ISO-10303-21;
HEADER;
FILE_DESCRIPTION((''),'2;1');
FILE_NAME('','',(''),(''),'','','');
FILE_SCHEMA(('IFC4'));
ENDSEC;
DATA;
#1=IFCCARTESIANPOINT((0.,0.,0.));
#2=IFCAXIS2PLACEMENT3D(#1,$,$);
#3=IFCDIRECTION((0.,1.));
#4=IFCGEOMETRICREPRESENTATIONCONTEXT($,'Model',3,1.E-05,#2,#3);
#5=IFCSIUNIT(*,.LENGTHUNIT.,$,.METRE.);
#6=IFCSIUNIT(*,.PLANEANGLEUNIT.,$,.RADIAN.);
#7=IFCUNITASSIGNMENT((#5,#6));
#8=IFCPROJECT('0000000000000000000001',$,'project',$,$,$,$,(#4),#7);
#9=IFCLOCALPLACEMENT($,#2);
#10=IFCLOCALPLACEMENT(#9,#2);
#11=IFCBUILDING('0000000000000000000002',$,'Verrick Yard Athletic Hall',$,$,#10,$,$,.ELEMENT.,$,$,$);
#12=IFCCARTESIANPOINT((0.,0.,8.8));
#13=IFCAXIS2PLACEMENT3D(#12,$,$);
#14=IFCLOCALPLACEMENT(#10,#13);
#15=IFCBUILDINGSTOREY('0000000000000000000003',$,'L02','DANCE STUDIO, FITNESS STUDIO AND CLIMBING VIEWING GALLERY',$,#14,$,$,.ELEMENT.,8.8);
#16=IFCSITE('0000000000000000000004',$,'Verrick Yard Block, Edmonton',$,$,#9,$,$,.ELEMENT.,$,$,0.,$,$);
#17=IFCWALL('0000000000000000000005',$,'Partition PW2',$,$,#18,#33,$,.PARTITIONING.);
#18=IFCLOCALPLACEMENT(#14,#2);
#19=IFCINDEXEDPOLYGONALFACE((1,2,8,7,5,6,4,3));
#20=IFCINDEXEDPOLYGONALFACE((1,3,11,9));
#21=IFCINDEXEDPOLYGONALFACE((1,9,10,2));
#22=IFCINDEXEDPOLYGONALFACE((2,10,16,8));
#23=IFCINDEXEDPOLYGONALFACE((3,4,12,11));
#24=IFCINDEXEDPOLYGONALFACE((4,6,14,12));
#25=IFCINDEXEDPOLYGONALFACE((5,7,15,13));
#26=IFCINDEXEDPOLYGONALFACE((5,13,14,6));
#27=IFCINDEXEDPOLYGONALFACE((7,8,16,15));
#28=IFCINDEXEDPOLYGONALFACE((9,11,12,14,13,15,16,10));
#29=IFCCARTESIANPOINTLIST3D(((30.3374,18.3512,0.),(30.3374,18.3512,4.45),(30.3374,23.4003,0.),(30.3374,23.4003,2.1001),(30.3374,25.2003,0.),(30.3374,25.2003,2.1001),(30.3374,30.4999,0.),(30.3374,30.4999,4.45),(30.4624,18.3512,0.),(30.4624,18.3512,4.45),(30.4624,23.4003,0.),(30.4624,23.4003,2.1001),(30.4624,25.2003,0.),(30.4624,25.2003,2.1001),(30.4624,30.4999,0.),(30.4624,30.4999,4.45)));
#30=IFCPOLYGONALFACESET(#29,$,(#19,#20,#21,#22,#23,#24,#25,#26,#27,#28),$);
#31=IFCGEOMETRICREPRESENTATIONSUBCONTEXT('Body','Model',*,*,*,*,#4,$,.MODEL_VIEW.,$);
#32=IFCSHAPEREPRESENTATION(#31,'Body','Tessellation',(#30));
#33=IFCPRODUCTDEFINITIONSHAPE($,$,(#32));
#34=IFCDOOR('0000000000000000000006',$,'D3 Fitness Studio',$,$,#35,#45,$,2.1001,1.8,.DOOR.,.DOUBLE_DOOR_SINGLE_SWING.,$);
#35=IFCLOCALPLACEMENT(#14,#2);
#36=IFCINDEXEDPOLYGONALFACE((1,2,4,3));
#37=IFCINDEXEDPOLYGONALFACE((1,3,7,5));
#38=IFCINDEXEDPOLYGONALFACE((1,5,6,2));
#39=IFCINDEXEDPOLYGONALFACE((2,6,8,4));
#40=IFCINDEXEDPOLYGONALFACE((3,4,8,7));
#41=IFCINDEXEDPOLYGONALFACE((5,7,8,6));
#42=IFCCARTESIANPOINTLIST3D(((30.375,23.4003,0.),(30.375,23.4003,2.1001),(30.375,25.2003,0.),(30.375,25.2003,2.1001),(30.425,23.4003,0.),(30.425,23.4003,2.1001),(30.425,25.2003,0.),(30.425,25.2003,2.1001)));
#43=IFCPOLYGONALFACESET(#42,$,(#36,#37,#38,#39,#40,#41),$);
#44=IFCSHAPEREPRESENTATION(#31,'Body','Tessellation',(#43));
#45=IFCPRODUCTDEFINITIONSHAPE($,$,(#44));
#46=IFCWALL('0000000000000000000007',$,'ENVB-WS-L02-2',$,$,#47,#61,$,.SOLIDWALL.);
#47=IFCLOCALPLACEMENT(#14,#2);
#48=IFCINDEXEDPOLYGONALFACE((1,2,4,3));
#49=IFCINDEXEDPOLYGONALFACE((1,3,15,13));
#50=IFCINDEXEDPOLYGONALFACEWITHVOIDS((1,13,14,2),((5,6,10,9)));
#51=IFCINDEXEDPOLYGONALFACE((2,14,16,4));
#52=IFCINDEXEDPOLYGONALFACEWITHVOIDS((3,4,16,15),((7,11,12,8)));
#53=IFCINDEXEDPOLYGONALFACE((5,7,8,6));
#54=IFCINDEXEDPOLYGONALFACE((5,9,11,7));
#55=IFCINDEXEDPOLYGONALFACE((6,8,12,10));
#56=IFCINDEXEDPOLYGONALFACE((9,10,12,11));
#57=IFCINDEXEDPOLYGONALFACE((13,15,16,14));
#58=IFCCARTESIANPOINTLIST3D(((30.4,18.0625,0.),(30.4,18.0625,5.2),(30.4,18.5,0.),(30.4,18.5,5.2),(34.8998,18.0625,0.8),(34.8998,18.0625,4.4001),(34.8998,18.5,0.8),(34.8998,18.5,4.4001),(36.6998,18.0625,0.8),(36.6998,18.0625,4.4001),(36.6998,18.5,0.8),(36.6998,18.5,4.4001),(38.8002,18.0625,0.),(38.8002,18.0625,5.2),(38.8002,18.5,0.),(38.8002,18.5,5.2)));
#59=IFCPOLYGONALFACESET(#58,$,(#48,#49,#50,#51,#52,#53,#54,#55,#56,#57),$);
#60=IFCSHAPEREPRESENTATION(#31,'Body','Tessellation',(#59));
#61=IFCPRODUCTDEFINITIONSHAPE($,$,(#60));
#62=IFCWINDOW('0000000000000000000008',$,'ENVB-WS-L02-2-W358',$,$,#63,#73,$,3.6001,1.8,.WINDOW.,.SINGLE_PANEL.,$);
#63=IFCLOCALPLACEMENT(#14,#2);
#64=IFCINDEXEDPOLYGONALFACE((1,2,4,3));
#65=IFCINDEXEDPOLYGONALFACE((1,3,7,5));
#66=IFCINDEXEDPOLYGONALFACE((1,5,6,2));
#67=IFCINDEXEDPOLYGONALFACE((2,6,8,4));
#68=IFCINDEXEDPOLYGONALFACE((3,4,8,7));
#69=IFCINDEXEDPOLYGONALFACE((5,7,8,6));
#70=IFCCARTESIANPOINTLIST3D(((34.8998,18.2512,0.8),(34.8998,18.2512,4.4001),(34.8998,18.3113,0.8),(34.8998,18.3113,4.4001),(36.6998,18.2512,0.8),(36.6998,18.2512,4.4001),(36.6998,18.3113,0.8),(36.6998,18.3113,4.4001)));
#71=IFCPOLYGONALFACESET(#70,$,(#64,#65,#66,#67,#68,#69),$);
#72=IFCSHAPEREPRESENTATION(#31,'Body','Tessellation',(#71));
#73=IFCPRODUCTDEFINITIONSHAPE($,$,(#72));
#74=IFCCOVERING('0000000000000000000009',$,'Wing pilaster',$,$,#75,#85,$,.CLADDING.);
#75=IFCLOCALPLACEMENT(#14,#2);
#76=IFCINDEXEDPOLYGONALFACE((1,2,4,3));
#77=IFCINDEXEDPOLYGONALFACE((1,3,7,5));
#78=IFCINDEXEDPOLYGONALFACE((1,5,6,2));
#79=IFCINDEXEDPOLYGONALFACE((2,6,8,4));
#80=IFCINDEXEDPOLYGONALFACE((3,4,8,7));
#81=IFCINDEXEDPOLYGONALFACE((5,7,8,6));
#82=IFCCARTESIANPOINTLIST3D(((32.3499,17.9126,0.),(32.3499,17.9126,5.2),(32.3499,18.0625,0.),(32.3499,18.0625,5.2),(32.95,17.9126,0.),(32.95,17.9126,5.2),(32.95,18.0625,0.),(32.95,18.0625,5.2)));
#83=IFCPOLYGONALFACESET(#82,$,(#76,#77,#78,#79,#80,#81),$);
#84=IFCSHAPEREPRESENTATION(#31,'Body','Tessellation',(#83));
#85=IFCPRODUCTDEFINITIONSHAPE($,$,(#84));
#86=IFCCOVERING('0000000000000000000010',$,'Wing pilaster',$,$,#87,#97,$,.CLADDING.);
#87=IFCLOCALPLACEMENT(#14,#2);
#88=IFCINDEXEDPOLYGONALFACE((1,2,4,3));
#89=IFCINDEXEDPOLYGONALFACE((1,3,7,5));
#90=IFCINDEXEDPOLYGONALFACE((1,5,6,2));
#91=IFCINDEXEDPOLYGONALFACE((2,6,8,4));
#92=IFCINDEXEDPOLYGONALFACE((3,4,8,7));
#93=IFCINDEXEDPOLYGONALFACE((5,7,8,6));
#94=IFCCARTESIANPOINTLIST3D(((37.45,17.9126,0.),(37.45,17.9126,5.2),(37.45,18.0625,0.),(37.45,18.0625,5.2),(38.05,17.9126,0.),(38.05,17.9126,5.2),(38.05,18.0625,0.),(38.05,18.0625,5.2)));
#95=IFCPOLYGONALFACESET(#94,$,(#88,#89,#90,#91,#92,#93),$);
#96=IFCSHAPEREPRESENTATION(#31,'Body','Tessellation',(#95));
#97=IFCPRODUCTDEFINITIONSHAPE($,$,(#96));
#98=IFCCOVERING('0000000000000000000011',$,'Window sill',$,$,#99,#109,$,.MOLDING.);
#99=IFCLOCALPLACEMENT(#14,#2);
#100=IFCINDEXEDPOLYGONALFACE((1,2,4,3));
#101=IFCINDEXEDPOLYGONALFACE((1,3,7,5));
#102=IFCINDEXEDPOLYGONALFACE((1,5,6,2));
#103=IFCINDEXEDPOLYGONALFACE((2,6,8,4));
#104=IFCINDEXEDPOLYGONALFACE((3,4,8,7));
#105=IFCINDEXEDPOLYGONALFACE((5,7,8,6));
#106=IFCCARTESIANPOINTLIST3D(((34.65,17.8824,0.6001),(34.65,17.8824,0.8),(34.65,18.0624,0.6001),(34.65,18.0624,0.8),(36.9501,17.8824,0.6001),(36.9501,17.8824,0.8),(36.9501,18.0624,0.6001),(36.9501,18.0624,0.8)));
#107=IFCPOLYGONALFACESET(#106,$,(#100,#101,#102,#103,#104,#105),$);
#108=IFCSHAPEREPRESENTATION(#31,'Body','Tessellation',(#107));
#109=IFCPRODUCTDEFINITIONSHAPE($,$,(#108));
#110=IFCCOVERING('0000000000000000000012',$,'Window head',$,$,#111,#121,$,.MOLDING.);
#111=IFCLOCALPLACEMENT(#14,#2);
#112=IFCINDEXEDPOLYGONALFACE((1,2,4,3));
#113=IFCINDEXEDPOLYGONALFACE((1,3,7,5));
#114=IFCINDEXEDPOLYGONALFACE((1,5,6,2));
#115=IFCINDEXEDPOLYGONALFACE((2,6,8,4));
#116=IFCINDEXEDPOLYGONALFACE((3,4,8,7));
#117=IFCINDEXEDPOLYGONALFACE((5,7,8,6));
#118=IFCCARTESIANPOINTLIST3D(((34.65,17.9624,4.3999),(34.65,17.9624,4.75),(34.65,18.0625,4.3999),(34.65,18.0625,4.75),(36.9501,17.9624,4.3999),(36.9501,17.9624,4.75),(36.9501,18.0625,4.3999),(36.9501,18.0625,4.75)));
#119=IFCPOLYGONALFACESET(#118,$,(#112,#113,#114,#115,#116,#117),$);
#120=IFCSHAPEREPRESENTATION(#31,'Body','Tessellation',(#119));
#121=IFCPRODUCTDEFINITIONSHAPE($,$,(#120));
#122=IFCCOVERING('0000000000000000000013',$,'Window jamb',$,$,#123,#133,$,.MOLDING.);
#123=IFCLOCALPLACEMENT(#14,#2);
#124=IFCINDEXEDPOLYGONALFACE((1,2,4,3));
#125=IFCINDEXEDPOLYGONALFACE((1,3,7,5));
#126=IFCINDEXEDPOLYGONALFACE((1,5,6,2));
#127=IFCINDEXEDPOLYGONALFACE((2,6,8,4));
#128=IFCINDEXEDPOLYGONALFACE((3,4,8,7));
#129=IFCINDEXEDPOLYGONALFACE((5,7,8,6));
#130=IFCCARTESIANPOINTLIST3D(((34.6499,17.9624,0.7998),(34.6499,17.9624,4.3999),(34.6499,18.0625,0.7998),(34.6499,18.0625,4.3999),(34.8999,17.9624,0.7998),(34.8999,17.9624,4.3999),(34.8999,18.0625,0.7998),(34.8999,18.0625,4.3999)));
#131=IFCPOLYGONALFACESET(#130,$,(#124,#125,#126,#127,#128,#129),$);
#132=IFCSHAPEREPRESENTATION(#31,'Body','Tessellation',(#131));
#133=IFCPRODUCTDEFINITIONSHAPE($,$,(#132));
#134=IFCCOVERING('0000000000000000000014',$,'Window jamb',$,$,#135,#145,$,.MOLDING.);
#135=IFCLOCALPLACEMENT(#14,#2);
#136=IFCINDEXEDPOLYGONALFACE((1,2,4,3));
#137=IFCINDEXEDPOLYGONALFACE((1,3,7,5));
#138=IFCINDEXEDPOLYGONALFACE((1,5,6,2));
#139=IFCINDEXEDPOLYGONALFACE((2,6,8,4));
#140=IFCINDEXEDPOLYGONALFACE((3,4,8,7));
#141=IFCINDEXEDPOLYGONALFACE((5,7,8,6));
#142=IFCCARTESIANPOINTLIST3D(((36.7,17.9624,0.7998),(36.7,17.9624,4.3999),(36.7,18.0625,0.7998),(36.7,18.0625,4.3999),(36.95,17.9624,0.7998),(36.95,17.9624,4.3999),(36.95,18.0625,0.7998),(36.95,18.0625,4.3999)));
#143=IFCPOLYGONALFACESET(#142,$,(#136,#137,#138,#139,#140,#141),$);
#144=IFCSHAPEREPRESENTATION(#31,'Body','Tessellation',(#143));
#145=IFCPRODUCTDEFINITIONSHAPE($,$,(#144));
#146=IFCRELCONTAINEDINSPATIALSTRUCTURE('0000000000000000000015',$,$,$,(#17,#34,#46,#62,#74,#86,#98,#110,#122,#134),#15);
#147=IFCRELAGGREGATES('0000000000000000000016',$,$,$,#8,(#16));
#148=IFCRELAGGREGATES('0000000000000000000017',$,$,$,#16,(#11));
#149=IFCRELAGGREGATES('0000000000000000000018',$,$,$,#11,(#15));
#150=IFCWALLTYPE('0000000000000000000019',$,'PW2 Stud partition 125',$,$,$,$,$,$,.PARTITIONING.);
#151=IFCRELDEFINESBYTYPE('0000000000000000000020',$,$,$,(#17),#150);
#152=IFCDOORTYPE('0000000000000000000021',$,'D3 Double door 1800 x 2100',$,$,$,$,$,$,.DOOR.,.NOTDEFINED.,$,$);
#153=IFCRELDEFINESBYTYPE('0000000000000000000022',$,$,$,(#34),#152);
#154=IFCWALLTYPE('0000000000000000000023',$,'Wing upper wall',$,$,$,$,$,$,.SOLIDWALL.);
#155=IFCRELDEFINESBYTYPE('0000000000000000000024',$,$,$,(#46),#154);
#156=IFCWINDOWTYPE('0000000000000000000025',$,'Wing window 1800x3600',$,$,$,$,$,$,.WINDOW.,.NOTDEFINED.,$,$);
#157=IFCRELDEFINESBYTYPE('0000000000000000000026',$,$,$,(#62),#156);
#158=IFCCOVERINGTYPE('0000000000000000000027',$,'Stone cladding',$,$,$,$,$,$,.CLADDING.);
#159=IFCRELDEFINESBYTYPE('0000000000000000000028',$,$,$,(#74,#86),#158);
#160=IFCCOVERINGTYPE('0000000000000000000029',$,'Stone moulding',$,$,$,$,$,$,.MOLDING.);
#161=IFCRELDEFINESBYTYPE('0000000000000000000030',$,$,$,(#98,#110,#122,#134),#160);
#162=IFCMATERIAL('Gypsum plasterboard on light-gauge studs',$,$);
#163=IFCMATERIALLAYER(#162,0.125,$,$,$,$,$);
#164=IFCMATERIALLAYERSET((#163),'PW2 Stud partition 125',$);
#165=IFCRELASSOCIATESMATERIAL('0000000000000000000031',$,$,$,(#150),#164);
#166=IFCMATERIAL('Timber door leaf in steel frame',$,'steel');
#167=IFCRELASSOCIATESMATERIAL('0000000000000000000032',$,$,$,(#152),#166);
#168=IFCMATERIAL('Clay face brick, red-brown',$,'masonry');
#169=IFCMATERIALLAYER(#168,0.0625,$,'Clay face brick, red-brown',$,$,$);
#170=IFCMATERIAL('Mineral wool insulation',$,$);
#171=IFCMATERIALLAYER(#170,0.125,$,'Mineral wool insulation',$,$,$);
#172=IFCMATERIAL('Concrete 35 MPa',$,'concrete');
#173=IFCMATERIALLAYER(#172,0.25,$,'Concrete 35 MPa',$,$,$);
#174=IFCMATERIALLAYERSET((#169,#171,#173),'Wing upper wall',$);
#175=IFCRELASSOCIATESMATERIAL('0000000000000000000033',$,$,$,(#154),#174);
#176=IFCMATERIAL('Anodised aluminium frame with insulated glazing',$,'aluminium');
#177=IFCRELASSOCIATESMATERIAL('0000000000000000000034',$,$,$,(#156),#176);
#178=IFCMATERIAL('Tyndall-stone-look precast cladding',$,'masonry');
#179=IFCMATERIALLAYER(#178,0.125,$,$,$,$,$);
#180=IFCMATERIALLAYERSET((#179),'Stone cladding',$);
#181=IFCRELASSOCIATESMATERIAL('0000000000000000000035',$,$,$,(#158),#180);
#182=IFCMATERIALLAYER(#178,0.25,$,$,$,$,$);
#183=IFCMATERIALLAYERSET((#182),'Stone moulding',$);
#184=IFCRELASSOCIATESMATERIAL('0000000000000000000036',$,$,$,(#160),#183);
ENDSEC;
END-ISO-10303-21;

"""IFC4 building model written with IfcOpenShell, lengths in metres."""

from ifc_helpers import new_model, si_unit, direction, frame, frame_2d, origin, origin_2d, place, context, subcontext, project, spatial, rectangle, extrude, material, layer, layer_set, type_object, element, fill, save


model = new_model("IFC4")

# Units and contexts
model_context = context("Model", 3, precision=1e-05, world=origin(), true_north=direction((0.0, 1.0)))
body_context = subcontext(model_context, "Body", "Model", "MODEL_VIEW")
ifc_project = project(units=[si_unit("LENGTHUNIT", "METRE"), si_unit("PLANEANGLEUNIT", "RADIAN")], contexts=[model_context])

# Site, building, storey
site_placement = place(None, origin())
site = spatial("IfcSite", under=ifc_project, at=site_placement, Name="Verrick Yard Block, Edmonton", CompositionType="ELEMENT", RefElevation=0.0)
building_placement = place(site_placement, origin())
building = spatial("IfcBuilding", under=site, at=building_placement, Name="Verrick Yard Athletic Hall", CompositionType="ELEMENT")
storey_placement = place(building_placement, frame((0.0, 0.0, 8.8)))
storey = spatial("IfcBuildingStorey", under=building, at=storey_placement, Name="L02", Description="DANCE STUDIO, FITNESS STUDIO AND CLIMBING VIEWING GALLERY", CompositionType="ELEMENT", Elevation=8.8)

# Wall, opening, door
ifc_material_1 = material(Name="Gypsum plasterboard on light-gauge studs")
ifc_layer_1 = layer(ifc_material_1, 0.125)
ifc_layer_set_1 = layer_set([ifc_layer_1], Name="PW2 Stud partition 125")
wall_type_1 = type_object("IfcWallType", Name="PW2 Stud partition 125", PredefinedType="PARTITIONING", material=ifc_layer_set_1)
wall_1_placement = place(storey_placement, frame((30.3999, 18.3513, 0.0), z_axis=(0.0, 0.0, 1.0), x_axis=(0.0, 1.0, 0.0)))
wall_1 = element("IfcWall", 1, at=wall_1_placement, inside=storey, type_object=wall_type_1, Name="Partition PW2", PredefinedType="PARTITIONING", context=body_context, shape_type="SweptSolid", body=[
    extrude(rectangle(XDim=12.1487, YDim=0.125, at=frame_2d((6.0742, 0.0))), origin(), (0.0, 0.0, 1.0), 4.45),
])
opening_1_placement = place(wall_1_placement, frame((5.0491, 0.0, 0.0)))
opening_1 = element("IfcOpeningElement", 2, at=opening_1_placement, cuts=wall_1, PredefinedType="OPENING", context=body_context, shape_type="SweptSolid", body=[
    extrude(rectangle(XDim=1.8, YDim=2.1001, at=frame_2d((0.8999, 1.05))), frame((0.0, 0.0725, 0.0), z_axis=(0.0, -1.0, 0.0), x_axis=(1.0, 0.0, 0.0)), (0.0, 0.0, 1.0), 0.145),
])
ifc_material_2 = material(Name="Timber door leaf in steel frame", Category="steel")
door_type = type_object("IfcDoorType", Name="D3 Double door 1800 x 2100", OperationType="NOTDEFINED", PredefinedType="DOOR", material=ifc_material_2)
door_placement = place(opening_1_placement, origin())
door = element("IfcDoor", 3, at=door_placement, inside=storey, type_object=door_type, Name="D3 Fitness Studio", OperationType="DOUBLE_DOOR_SINGLE_SWING", OverallHeight=2.1001, OverallWidth=1.8, PredefinedType="DOOR", context=body_context, shape_type="SweptSolid", body=[
    extrude(rectangle(XDim=1.8, YDim=2.1001, at=frame_2d((0.8999, 1.05))), frame((0.0, 0.0249, 0.0), z_axis=(0.0, -1.0, 0.0), x_axis=(1.0, 0.0, 0.0)), (0.0, 0.0, 1.0), 0.05),
])
fill(opening_1, door)

# Wall, opening, window
ifc_material_3 = material(Name="Clay face brick, red-brown", Category="masonry")
ifc_layer_2 = layer(ifc_material_3, 0.0625, Name="Clay face brick, red-brown")
ifc_material_4 = material(Name="Mineral wool insulation")
ifc_layer_3 = layer(ifc_material_4, 0.125, Name="Mineral wool insulation")
ifc_material_5 = material(Name="Concrete 35 MPa", Category="concrete")
ifc_layer_4 = layer(ifc_material_5, 0.25, Name="Concrete 35 MPa")
ifc_layer_set_2 = layer_set([ifc_layer_2, ifc_layer_3, ifc_layer_4], Name="Wing upper wall")
wall_type_2 = type_object("IfcWallType", Name="Wing upper wall", PredefinedType="SOLIDWALL", material=ifc_layer_set_2)
wall_2_placement = place(storey_placement, frame((30.3999, 18.2812, 0.0), z_axis=(0.0, 0.0, 1.0), x_axis=(1.0, 0.0, 0.0)))
wall_2 = element("IfcWall", 4, at=wall_2_placement, inside=storey, type_object=wall_type_2, Name="ENVB-WS-L02-2", PredefinedType="SOLIDWALL", context=body_context, shape_type="SweptSolid", body=[
    extrude(rectangle(XDim=8.4001, YDim=0.4375, at=frame_2d((4.2002, 0.0))), origin(), (0.0, 0.0, 1.0), 5.2),
])
opening_2_placement = place(wall_2_placement, frame((4.5, 0.0, 0.8)))
opening_2 = element("IfcOpeningElement", 5, at=opening_2_placement, cuts=wall_2, PredefinedType="OPENING", context=body_context, shape_type="SweptSolid", body=[
    extrude(rectangle(XDim=1.8, YDim=3.6001, at=frame_2d((0.8999, 1.8))), frame((0.0, 0.2288, 0.0), z_axis=(0.0, -1.0, 0.0), x_axis=(1.0, 0.0, 0.0)), (0.0, 0.0, 1.0), 0.4575),
])
ifc_material_6 = material(Name="Anodised aluminium frame with insulated glazing", Category="aluminium")
window_type = type_object("IfcWindowType", Name="Wing window 1800x3600", PartitioningType="NOTDEFINED", PredefinedType="WINDOW", material=ifc_material_6)
window_placement = place(opening_2_placement, origin())
window = element("IfcWindow", 6, at=window_placement, inside=storey, type_object=window_type, Name="ENVB-WS-L02-2-W358", OverallHeight=3.6001, OverallWidth=1.8, PartitioningType="SINGLE_PANEL", PredefinedType="WINDOW", context=body_context, shape_type="SweptSolid", body=[
    extrude(rectangle(XDim=1.8, YDim=3.6001, at=frame_2d((0.8999, 1.8))), frame((0.0, 0.03, 0.0), z_axis=(0.0, -1.0, 0.0), x_axis=(1.0, 0.0, 0.0)), (0.0, 0.0, 1.0), 0.0601),
])
fill(opening_2, window)

# Coverings
ifc_material_7 = material(Name="Tyndall-stone-look precast cladding", Category="masonry")
ifc_layer_5 = layer(ifc_material_7, 0.125)
ifc_layer_set_3 = layer_set([ifc_layer_5], Name="Stone cladding")
covering_type_1 = type_object("IfcCoveringType", Name="Stone cladding", PredefinedType="CLADDING", material=ifc_layer_set_3)
for number, where, z_axis, x_axis, name in (
    (7, (32.6499, 17.9875, 0.0), (0.0, 0.0, 1.0), (1.0, 0.0, 0.0), "Wing pilaster"),
    (8, (37.75, 17.9875, 0.0), (0.0, 0.0, 1.0), (1.0, 0.0, 0.0), "Wing pilaster"),
):
    element("IfcCovering", number, at=place(storey_placement, frame(where, z_axis=z_axis, x_axis=x_axis)), inside=storey, type_object=covering_type_1, Name=name, PredefinedType="CLADDING", context=body_context, shape_type="SweptSolid", body=[
        extrude(rectangle(XDim=0.6001, YDim=0.1499, at=origin_2d()), origin(), (0.0, 0.0, 1.0), 5.2),
    ])
ifc_layer_6 = layer(ifc_material_7, 0.25)
ifc_layer_set_4 = layer_set([ifc_layer_6], Name="Stone moulding")
covering_type_2 = type_object("IfcCoveringType", Name="Stone moulding", PredefinedType="MOLDING", material=ifc_layer_set_4)
covering_1_placement = place(storey_placement, frame((35.8, 17.9724, 0.6001), z_axis=(0.0, 0.0, 1.0), x_axis=(1.0, 0.0, 0.0)))
element("IfcCovering", 9, at=covering_1_placement, inside=storey, type_object=covering_type_2, Name="Window sill", PredefinedType="MOLDING", context=body_context, shape_type="SweptSolid", body=[
    extrude(rectangle(XDim=2.3, YDim=0.1799, at=origin_2d()), origin(), (0.0, 0.0, 1.0), 0.2),
])
covering_2_placement = place(storey_placement, frame((35.8, 18.0125, 4.3999), z_axis=(0.0, 0.0, 1.0), x_axis=(1.0, 0.0, 0.0)))
element("IfcCovering", 10, at=covering_2_placement, inside=storey, type_object=covering_type_2, Name="Window head", PredefinedType="MOLDING", context=body_context, shape_type="SweptSolid", body=[
    extrude(rectangle(XDim=2.3, YDim=0.1001, at=origin_2d()), origin(), (0.0, 0.0, 1.0), 0.3501),
])
for number, where, z_axis, x_axis, name in (
    (11, (34.7749, 18.0125, 0.7998), (0.0, 0.0, 1.0), (1.0, 0.0, 0.0), "Window jamb"),
    (12, (36.825, 18.0125, 0.7998), (0.0, 0.0, 1.0), (1.0, 0.0, 0.0), "Window jamb"),
):
    element("IfcCovering", number, at=place(storey_placement, frame(where, z_axis=z_axis, x_axis=x_axis)), inside=storey, type_object=covering_type_2, Name=name, PredefinedType="MOLDING", context=body_context, shape_type="SweptSolid", body=[
        extrude(rectangle(XDim=0.25, YDim=0.1001, at=origin_2d()), origin(), (0.0, 0.0, 1.0), 3.6001),
    ])

save(model, "model.ifc")
